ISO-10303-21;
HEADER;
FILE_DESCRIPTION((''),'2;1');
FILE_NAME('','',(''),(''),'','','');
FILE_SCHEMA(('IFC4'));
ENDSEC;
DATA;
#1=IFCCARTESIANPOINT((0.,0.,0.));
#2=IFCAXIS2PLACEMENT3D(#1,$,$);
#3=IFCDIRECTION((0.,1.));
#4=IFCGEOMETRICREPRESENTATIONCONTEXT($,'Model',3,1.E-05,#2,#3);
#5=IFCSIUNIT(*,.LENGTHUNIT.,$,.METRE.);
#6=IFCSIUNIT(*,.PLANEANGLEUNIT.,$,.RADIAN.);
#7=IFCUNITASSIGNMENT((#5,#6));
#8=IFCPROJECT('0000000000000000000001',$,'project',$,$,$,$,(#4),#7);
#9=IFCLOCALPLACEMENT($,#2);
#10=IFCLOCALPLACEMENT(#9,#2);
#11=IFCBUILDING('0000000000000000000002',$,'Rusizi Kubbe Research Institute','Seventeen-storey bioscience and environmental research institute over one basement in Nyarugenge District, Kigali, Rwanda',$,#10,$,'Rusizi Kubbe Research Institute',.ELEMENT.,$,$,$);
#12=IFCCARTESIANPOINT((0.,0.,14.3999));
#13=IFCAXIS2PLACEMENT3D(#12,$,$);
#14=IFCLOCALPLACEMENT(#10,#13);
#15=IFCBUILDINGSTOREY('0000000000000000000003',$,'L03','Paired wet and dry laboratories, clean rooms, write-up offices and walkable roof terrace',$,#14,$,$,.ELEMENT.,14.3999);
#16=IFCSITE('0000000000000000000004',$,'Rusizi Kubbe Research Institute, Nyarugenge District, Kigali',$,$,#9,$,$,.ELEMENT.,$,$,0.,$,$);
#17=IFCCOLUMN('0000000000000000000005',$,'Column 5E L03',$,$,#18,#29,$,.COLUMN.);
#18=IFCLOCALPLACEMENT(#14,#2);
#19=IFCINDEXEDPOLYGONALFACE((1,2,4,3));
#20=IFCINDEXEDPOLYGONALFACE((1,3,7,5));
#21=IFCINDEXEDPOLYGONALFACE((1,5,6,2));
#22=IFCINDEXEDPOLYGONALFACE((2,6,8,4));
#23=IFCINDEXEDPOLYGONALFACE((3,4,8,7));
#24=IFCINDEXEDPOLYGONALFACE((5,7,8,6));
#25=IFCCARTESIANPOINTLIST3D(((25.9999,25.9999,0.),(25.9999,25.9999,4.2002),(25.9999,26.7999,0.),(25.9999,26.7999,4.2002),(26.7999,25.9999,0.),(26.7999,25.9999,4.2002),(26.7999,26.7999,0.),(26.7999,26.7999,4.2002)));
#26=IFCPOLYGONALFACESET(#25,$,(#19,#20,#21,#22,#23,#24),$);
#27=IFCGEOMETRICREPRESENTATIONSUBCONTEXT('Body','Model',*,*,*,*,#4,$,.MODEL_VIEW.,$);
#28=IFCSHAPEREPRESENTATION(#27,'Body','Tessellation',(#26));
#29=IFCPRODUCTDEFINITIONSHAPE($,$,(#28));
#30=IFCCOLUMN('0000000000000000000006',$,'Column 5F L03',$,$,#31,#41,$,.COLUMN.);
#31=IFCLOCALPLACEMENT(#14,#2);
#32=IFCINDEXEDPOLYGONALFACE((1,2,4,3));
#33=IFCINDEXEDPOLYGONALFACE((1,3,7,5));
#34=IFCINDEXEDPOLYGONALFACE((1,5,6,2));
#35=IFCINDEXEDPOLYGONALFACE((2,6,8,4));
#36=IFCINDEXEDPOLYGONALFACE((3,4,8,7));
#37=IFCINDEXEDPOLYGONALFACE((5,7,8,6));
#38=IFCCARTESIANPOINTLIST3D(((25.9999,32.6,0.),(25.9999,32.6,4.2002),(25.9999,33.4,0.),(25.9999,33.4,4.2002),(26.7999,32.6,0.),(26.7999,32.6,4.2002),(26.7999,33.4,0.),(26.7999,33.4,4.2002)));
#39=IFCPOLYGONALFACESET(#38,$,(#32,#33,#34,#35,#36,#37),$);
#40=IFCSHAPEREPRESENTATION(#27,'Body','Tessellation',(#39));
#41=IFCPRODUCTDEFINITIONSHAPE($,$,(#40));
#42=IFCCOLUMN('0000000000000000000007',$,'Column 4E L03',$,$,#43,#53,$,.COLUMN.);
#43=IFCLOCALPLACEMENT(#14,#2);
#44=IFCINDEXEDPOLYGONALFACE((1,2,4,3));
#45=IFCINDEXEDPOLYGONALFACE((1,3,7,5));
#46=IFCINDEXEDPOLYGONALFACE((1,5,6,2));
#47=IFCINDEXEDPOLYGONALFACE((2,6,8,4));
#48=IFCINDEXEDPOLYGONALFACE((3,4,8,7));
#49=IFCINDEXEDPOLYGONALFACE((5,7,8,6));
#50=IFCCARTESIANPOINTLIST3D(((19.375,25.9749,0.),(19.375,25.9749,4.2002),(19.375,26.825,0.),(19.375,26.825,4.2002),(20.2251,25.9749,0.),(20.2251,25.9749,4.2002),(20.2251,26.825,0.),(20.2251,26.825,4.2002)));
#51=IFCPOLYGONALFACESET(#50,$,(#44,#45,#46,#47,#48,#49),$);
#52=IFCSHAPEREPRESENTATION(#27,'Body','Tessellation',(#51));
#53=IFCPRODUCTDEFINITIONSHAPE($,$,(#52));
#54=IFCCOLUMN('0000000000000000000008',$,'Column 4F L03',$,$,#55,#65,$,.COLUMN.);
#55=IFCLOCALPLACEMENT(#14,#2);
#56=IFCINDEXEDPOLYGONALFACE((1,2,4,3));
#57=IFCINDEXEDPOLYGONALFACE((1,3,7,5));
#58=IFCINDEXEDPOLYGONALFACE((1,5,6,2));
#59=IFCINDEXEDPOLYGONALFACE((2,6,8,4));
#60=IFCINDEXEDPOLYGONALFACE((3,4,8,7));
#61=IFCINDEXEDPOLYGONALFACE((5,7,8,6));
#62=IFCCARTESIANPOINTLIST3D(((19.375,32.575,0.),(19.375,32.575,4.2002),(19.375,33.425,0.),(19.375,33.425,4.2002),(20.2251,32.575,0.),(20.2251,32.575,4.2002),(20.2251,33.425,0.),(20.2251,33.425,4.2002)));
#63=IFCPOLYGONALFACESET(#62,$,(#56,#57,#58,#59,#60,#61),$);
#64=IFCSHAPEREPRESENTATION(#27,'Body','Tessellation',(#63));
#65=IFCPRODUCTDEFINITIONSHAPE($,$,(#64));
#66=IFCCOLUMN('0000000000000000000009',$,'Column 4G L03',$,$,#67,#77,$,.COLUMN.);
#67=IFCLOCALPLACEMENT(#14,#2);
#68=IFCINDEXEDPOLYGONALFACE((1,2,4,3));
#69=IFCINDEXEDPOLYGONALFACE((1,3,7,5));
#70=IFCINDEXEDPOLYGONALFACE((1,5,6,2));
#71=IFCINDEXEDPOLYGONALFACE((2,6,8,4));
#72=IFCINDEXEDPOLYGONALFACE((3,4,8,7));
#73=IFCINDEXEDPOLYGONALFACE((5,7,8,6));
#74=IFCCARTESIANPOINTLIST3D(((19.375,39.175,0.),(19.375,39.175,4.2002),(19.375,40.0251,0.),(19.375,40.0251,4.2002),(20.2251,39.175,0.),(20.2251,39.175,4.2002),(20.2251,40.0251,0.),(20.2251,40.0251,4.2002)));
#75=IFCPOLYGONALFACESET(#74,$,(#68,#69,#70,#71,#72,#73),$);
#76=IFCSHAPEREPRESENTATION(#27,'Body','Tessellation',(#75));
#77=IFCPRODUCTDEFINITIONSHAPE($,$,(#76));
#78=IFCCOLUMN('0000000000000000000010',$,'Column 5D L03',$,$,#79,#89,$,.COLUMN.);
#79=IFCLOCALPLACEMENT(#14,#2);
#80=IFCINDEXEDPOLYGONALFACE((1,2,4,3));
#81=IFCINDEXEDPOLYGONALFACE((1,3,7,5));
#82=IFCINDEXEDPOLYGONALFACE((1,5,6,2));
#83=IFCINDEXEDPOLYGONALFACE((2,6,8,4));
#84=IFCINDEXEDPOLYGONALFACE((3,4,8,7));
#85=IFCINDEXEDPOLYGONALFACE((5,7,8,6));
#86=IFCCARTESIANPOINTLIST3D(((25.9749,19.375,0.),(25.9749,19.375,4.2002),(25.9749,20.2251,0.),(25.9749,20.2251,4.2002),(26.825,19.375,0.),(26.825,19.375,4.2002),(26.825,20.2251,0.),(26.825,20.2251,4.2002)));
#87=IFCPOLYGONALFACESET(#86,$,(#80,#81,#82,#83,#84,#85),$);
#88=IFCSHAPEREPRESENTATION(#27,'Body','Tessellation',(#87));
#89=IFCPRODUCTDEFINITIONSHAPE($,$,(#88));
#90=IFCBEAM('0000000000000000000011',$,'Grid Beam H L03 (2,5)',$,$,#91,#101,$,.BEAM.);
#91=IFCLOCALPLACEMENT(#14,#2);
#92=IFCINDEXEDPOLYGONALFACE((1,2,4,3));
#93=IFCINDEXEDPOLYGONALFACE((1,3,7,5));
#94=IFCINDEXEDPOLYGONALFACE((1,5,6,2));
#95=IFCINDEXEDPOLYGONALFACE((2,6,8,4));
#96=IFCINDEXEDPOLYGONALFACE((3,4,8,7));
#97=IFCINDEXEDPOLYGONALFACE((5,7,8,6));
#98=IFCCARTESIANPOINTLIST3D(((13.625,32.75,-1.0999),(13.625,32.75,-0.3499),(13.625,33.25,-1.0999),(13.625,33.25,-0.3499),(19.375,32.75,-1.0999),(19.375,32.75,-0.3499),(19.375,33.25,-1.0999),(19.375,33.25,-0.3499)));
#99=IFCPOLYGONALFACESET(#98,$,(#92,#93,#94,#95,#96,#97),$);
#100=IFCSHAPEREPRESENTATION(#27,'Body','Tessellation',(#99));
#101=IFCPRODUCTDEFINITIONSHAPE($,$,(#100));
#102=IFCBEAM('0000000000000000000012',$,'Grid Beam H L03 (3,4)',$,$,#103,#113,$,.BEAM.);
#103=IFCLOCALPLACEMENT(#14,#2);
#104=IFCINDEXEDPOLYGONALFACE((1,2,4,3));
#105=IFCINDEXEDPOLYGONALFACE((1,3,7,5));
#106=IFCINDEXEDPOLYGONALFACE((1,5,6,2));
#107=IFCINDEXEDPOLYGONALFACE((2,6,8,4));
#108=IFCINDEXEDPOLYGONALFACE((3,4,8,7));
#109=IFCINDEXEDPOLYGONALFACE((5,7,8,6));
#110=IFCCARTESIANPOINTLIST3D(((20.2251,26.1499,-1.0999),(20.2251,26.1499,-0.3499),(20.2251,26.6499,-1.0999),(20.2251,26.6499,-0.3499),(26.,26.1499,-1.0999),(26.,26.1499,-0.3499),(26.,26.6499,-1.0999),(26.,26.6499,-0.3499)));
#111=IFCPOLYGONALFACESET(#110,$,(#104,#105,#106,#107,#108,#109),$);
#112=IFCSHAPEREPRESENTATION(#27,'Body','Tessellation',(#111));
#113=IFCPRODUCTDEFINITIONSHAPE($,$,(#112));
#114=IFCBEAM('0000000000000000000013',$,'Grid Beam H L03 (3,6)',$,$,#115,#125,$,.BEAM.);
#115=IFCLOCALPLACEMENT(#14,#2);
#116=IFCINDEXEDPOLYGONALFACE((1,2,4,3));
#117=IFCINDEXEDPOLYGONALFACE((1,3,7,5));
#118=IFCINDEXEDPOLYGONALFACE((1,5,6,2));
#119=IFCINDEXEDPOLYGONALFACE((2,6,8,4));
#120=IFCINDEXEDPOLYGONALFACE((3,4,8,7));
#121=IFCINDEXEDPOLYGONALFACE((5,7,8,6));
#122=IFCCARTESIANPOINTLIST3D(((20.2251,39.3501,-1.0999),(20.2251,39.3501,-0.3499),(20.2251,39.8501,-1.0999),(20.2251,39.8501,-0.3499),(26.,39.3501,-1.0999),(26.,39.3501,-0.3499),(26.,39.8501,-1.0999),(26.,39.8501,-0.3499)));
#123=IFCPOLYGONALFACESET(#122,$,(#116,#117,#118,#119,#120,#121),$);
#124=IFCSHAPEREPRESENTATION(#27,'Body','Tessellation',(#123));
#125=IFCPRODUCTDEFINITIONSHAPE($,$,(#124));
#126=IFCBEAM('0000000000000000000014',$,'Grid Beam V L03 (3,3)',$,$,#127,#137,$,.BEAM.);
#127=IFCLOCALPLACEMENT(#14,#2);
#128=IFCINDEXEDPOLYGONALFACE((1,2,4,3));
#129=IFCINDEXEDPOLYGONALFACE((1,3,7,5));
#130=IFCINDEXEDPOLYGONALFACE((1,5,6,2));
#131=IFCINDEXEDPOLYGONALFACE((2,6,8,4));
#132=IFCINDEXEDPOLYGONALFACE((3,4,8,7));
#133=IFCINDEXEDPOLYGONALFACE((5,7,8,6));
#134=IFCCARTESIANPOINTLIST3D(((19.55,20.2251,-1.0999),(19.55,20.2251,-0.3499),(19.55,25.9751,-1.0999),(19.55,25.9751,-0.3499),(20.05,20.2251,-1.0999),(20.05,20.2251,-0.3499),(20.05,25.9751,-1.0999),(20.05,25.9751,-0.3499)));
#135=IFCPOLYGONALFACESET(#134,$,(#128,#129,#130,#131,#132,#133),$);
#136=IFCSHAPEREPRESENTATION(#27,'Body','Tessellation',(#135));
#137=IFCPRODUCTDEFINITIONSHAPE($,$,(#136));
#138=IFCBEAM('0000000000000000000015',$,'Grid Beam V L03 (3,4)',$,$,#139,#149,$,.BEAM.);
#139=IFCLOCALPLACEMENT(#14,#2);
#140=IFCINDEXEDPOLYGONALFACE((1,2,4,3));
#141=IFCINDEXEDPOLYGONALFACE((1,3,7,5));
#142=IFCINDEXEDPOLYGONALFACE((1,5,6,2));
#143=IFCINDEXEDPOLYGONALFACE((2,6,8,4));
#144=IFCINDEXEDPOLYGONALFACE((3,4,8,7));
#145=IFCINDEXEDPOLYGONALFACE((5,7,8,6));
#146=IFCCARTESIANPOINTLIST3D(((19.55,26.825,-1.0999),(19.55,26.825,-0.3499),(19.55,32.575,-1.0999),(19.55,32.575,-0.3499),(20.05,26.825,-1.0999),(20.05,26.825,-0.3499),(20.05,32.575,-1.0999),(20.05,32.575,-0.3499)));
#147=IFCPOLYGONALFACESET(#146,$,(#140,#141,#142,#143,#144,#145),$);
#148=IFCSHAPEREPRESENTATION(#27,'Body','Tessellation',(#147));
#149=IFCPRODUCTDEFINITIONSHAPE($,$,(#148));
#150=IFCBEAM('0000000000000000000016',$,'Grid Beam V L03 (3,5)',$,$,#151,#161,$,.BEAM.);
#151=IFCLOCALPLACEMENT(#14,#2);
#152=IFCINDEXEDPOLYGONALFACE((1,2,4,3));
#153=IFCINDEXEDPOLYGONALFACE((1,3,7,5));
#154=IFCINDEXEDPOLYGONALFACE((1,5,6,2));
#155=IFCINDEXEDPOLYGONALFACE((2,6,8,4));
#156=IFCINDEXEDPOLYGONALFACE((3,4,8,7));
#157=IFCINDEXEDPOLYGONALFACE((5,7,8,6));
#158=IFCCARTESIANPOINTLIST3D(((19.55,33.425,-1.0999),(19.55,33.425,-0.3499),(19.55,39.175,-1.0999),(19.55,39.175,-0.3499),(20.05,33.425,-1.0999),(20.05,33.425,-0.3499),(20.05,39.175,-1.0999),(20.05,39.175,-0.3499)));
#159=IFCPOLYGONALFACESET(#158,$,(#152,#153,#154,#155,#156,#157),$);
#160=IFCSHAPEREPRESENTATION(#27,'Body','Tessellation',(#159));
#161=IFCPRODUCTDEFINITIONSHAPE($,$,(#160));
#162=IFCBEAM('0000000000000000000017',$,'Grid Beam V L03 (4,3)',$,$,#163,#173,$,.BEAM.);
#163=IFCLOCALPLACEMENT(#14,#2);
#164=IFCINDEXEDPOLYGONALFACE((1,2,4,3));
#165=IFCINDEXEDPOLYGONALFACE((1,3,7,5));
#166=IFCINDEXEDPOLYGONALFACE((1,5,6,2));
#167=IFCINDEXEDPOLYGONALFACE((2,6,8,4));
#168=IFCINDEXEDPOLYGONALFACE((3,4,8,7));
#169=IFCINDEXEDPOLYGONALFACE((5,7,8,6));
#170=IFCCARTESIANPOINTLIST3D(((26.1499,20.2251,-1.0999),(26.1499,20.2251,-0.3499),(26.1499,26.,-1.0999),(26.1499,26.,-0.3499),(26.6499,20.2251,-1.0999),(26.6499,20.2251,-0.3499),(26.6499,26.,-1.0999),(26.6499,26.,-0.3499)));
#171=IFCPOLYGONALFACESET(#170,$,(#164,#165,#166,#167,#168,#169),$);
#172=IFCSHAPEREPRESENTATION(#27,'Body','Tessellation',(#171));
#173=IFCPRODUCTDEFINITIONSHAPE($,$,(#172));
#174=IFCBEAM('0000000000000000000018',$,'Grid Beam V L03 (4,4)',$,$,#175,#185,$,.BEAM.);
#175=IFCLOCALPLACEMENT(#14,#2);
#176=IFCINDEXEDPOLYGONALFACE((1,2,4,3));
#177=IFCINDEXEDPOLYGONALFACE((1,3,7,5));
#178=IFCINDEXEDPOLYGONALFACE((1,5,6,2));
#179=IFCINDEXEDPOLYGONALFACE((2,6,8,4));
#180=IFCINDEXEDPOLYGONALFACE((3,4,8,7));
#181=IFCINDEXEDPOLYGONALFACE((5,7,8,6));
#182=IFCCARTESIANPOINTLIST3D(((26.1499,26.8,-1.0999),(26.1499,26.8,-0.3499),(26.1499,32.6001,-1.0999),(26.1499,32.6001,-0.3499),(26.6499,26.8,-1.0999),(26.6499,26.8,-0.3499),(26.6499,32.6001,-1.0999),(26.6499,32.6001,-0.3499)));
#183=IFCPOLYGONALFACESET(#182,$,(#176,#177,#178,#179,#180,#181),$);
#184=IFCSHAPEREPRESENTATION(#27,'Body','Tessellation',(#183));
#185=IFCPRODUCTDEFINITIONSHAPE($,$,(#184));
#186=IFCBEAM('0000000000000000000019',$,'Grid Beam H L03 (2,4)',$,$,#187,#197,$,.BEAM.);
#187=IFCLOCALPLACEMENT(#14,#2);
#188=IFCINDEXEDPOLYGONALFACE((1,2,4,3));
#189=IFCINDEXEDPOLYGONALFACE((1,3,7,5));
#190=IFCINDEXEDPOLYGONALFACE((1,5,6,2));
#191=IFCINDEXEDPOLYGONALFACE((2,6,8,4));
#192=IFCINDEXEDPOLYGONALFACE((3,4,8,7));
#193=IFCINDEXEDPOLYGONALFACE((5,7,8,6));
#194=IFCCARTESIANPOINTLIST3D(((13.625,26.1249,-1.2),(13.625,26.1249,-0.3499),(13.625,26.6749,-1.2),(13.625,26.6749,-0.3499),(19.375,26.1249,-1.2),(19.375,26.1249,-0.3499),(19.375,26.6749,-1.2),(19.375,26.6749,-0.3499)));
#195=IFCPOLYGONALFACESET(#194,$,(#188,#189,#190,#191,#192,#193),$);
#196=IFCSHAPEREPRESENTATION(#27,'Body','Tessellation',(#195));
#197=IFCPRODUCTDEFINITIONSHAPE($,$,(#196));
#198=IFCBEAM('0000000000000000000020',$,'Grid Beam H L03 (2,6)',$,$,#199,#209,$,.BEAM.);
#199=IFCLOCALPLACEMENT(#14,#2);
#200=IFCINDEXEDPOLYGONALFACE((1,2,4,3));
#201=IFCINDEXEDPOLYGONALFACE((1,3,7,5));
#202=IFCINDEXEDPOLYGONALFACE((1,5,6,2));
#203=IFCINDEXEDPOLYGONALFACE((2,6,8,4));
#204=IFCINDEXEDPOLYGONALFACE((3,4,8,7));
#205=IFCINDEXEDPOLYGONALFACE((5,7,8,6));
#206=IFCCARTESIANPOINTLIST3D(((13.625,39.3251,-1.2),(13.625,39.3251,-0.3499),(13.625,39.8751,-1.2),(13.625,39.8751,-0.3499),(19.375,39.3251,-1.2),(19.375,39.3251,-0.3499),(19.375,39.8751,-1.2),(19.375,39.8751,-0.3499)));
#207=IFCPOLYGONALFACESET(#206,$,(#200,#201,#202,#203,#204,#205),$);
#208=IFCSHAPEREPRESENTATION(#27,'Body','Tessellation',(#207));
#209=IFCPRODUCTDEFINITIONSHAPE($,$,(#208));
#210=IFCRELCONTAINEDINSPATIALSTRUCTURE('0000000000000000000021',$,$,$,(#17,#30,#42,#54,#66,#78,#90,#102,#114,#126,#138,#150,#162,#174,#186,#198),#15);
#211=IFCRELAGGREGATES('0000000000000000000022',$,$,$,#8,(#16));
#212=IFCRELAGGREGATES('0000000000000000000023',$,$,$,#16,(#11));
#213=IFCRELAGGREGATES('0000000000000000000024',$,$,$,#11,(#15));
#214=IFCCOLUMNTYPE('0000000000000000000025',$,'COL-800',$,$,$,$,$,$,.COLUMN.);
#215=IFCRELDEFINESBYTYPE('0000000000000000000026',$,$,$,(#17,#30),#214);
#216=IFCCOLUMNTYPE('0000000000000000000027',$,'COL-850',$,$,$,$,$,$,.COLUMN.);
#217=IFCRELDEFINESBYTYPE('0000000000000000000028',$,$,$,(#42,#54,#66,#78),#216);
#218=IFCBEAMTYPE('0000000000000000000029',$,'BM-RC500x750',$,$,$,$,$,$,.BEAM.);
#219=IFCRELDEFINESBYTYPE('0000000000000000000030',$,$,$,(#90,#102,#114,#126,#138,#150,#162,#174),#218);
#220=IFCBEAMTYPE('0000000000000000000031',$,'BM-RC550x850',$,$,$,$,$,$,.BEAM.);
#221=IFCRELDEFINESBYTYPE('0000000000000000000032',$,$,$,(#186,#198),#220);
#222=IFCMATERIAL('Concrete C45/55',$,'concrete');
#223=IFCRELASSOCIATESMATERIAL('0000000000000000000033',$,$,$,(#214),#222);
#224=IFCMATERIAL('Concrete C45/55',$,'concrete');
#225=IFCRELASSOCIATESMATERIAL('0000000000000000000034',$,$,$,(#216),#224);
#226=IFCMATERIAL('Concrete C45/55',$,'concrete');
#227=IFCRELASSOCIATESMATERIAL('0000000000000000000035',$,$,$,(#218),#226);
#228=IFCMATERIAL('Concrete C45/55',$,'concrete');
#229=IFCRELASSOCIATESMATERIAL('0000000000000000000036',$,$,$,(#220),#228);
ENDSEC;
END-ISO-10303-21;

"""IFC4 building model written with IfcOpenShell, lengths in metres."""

from ifc_helpers import new_model, si_unit, direction, frame, origin, origin_2d, place, context, subcontext, project, spatial, rectangle, extrude, material, material_profile, profile_set, type_object, element, save


model = new_model("IFC4")

# Units and contexts
model_context = context("Model", 3, precision=1e-05, world=origin(), true_north=direction((0.0, 1.0)))
body_context = subcontext(model_context, "Body", "Model", "MODEL_VIEW")
ifc_project = project(units=[si_unit("LENGTHUNIT", "METRE"), si_unit("PLANEANGLEUNIT", "RADIAN")], contexts=[model_context])

# Site, building, storey
site_placement = place(None, origin())
site = spatial("IfcSite", under=ifc_project, at=site_placement, Name="Rusizi Kubbe Research Institute, Nyarugenge District, Kigali", CompositionType="ELEMENT", RefElevation=0.0)
building_placement = place(site_placement, origin())
building = spatial("IfcBuilding", under=site, at=building_placement, Name="Rusizi Kubbe Research Institute", Description="Seventeen-storey bioscience and environmental research institute over one basement in Nyarugenge District, Kigali, Rwanda", LongName="Rusizi Kubbe Research Institute", CompositionType="ELEMENT")
storey_placement = place(building_placement, frame((0.0, 0.0, 14.3999)))
storey = spatial("IfcBuildingStorey", under=building, at=storey_placement, Name="L03", Description="Paired wet and dry laboratories, clean rooms, write-up offices and walkable roof terrace", CompositionType="ELEMENT", Elevation=14.3999)

# Columns
ifc_material_1 = material(Name="Concrete C45/55", Category="concrete")
ifc_material_profile_1 = material_profile(ifc_material_1, rectangle(XDim=0.8, YDim=0.8, at=origin_2d()), Name="RC800x800")
ifc_profile_set_1 = profile_set([ifc_material_profile_1], Name="Concrete C45/55")
column_type_1 = type_object("IfcColumnType", Name="COL-800", PredefinedType="COLUMN", material=ifc_profile_set_1)
for number, where, z_axis, x_axis, name in (
    (1, (26.3999, 26.3999, 0.0), (0.0, 0.0, 1.0), (1.0, 0.0, 0.0), "Column 5E L03"),
    (2, (26.3999, 33.0, 0.0), (0.0, 0.0, 1.0), (1.0, 0.0, 0.0), "Column 5F L03"),
):
    element("IfcColumn", number, at=place(storey_placement, frame(where, z_axis=z_axis, x_axis=x_axis)), inside=storey, type_object=column_type_1, Name=name, PredefinedType="COLUMN", context=body_context, shape_type="SweptSolid", body=[
        extrude(rectangle(XDim=0.8, YDim=0.8, at=origin_2d()), origin(), (0.0, 0.0, 1.0), 4.2002),
    ])
ifc_material_2 = material(Name="Concrete C45/55", Category="concrete")
ifc_material_profile_2 = material_profile(ifc_material_2, rectangle(XDim=0.8501, YDim=0.8501, at=origin_2d()), Name="RC850x850")
ifc_profile_set_2 = profile_set([ifc_material_profile_2], Name="Concrete C45/55")
column_type_2 = type_object("IfcColumnType", Name="COL-850", PredefinedType="COLUMN", material=ifc_profile_set_2)
for number, where, z_axis, x_axis, name in (
    (3, (19.8, 26.3999, 0.0), (0.0, 0.0, 1.0), (1.0, 0.0, 0.0), "Column 4E L03"),
    (4, (19.8, 33.0, 0.0), (0.0, 0.0, 1.0), (1.0, 0.0, 0.0), "Column 4F L03"),
    (5, (19.8, 39.6001, 0.0), (0.0, 0.0, 1.0), (1.0, 0.0, 0.0), "Column 4G L03"),
    (6, (26.3999, 19.8, 0.0), (0.0, 0.0, 1.0), (1.0, 0.0, 0.0), "Column 5D L03"),
):
    element("IfcColumn", number, at=place(storey_placement, frame(where, z_axis=z_axis, x_axis=x_axis)), inside=storey, type_object=column_type_2, Name=name, PredefinedType="COLUMN", context=body_context, shape_type="SweptSolid", body=[
        extrude(rectangle(XDim=0.8501, YDim=0.8501, at=origin_2d()), origin(), (0.0, 0.0, 1.0), 4.2002),
    ])

# Beams
ifc_material_3 = material(Name="Concrete C45/55", Category="concrete")
ifc_material_profile_3 = material_profile(ifc_material_3, rectangle(XDim=0.5, YDim=0.75, at=origin_2d()), Name="RC500x750B")
ifc_profile_set_3 = profile_set([ifc_material_profile_3], Name="Concrete C45/55")
beam_type_1 = type_object("IfcBeamType", Name="BM-RC500x750", PredefinedType="BEAM", material=ifc_profile_set_3)
beam_1_placement = place(storey_placement, frame((13.625, 33.0, -0.7249), z_axis=(1.0, 0.0, 0.0), x_axis=(0.0, 1.0, 0.0)))
element("IfcBeam", 7, at=beam_1_placement, inside=storey, type_object=beam_type_1, Name="Grid Beam H L03 (2,5)", PredefinedType="BEAM", context=body_context, shape_type="SweptSolid", body=[
    extrude(rectangle(XDim=0.5, YDim=0.75, at=origin_2d()), origin(), (0.0, 0.0, 1.0), 5.75),
])
for number, where, z_axis, x_axis, name in (
    (8, (20.2251, 26.3999, -0.7249), (1.0, 0.0, 0.0), (0.0, 1.0, 0.0), "Grid Beam H L03 (3,4)"),
    (9, (20.2251, 39.6001, -0.7249), (1.0, 0.0, 0.0), (0.0, 1.0, 0.0), "Grid Beam H L03 (3,6)"),
):
    element("IfcBeam", number, at=place(storey_placement, frame(where, z_axis=z_axis, x_axis=x_axis)), inside=storey, type_object=beam_type_1, Name=name, PredefinedType="BEAM", context=body_context, shape_type="SweptSolid", body=[
        extrude(rectangle(XDim=0.5, YDim=0.75, at=origin_2d()), origin(), (0.0, 0.0, 1.0), 5.7749),
    ])
for number, where, z_axis, x_axis, name in (
    (10, (19.8, 20.2251, -0.7249), (0.0, 1.0, 0.0), (-1.0, 0.0, 0.0), "Grid Beam V L03 (3,3)"),
    (11, (19.8, 26.825, -0.7249), (0.0, 1.0, 0.0), (-1.0, 0.0, 0.0), "Grid Beam V L03 (3,4)"),
    (12, (19.8, 33.425, -0.7249), (0.0, 1.0, 0.0), (-1.0, 0.0, 0.0), "Grid Beam V L03 (3,5)"),
):
    element("IfcBeam", number, at=place(storey_placement, frame(where, z_axis=z_axis, x_axis=x_axis)), inside=storey, type_object=beam_type_1, Name=name, PredefinedType="BEAM", context=body_context, shape_type="SweptSolid", body=[
        extrude(rectangle(XDim=0.5, YDim=0.75, at=origin_2d()), origin(), (0.0, 0.0, 1.0), 5.75),
    ])
beam_2_placement = place(storey_placement, frame((26.3999, 20.2251, -0.7249), z_axis=(0.0, 1.0, 0.0), x_axis=(-1.0, 0.0, 0.0)))
element("IfcBeam", 13, at=beam_2_placement, inside=storey, type_object=beam_type_1, Name="Grid Beam V L03 (4,3)", PredefinedType="BEAM", context=body_context, shape_type="SweptSolid", body=[
    extrude(rectangle(XDim=0.5, YDim=0.75, at=origin_2d()), origin(), (0.0, 0.0, 1.0), 5.7749),
])
beam_3_placement = place(storey_placement, frame((26.3999, 26.8, -0.7249), z_axis=(0.0, 1.0, 0.0), x_axis=(-1.0, 0.0, 0.0)))
element("IfcBeam", 14, at=beam_3_placement, inside=storey, type_object=beam_type_1, Name="Grid Beam V L03 (4,4)", PredefinedType="BEAM", context=body_context, shape_type="SweptSolid", body=[
    extrude(rectangle(XDim=0.5, YDim=0.75, at=origin_2d()), origin(), (0.0, 0.0, 1.0), 5.8),
])
ifc_material_4 = material(Name="Concrete C45/55", Category="concrete")
ifc_material_profile_4 = material_profile(ifc_material_4, rectangle(XDim=0.55, YDim=0.8501, at=origin_2d()), Name="RC550x850")
ifc_profile_set_4 = profile_set([ifc_material_profile_4], Name="Concrete C45/55")
beam_type_2 = type_object("IfcBeamType", Name="BM-RC550x850", PredefinedType="BEAM", material=ifc_profile_set_4)
for number, where, z_axis, x_axis, name in (
    (15, (13.625, 26.3999, -0.7749), (1.0, 0.0, 0.0), (0.0, 1.0, 0.0), "Grid Beam H L03 (2,4)"),
    (16, (13.625, 39.6001, -0.7749), (1.0, 0.0, 0.0), (0.0, 1.0, 0.0), "Grid Beam H L03 (2,6)"),
):
    element("IfcBeam", number, at=place(storey_placement, frame(where, z_axis=z_axis, x_axis=x_axis)), inside=storey, type_object=beam_type_2, Name=name, PredefinedType="BEAM", context=body_context, shape_type="SweptSolid", body=[
        extrude(rectangle(XDim=0.55, YDim=0.8501, at=origin_2d()), origin(), (0.0, 0.0, 1.0), 5.75),
    ])

save(model, "model.ifc")
